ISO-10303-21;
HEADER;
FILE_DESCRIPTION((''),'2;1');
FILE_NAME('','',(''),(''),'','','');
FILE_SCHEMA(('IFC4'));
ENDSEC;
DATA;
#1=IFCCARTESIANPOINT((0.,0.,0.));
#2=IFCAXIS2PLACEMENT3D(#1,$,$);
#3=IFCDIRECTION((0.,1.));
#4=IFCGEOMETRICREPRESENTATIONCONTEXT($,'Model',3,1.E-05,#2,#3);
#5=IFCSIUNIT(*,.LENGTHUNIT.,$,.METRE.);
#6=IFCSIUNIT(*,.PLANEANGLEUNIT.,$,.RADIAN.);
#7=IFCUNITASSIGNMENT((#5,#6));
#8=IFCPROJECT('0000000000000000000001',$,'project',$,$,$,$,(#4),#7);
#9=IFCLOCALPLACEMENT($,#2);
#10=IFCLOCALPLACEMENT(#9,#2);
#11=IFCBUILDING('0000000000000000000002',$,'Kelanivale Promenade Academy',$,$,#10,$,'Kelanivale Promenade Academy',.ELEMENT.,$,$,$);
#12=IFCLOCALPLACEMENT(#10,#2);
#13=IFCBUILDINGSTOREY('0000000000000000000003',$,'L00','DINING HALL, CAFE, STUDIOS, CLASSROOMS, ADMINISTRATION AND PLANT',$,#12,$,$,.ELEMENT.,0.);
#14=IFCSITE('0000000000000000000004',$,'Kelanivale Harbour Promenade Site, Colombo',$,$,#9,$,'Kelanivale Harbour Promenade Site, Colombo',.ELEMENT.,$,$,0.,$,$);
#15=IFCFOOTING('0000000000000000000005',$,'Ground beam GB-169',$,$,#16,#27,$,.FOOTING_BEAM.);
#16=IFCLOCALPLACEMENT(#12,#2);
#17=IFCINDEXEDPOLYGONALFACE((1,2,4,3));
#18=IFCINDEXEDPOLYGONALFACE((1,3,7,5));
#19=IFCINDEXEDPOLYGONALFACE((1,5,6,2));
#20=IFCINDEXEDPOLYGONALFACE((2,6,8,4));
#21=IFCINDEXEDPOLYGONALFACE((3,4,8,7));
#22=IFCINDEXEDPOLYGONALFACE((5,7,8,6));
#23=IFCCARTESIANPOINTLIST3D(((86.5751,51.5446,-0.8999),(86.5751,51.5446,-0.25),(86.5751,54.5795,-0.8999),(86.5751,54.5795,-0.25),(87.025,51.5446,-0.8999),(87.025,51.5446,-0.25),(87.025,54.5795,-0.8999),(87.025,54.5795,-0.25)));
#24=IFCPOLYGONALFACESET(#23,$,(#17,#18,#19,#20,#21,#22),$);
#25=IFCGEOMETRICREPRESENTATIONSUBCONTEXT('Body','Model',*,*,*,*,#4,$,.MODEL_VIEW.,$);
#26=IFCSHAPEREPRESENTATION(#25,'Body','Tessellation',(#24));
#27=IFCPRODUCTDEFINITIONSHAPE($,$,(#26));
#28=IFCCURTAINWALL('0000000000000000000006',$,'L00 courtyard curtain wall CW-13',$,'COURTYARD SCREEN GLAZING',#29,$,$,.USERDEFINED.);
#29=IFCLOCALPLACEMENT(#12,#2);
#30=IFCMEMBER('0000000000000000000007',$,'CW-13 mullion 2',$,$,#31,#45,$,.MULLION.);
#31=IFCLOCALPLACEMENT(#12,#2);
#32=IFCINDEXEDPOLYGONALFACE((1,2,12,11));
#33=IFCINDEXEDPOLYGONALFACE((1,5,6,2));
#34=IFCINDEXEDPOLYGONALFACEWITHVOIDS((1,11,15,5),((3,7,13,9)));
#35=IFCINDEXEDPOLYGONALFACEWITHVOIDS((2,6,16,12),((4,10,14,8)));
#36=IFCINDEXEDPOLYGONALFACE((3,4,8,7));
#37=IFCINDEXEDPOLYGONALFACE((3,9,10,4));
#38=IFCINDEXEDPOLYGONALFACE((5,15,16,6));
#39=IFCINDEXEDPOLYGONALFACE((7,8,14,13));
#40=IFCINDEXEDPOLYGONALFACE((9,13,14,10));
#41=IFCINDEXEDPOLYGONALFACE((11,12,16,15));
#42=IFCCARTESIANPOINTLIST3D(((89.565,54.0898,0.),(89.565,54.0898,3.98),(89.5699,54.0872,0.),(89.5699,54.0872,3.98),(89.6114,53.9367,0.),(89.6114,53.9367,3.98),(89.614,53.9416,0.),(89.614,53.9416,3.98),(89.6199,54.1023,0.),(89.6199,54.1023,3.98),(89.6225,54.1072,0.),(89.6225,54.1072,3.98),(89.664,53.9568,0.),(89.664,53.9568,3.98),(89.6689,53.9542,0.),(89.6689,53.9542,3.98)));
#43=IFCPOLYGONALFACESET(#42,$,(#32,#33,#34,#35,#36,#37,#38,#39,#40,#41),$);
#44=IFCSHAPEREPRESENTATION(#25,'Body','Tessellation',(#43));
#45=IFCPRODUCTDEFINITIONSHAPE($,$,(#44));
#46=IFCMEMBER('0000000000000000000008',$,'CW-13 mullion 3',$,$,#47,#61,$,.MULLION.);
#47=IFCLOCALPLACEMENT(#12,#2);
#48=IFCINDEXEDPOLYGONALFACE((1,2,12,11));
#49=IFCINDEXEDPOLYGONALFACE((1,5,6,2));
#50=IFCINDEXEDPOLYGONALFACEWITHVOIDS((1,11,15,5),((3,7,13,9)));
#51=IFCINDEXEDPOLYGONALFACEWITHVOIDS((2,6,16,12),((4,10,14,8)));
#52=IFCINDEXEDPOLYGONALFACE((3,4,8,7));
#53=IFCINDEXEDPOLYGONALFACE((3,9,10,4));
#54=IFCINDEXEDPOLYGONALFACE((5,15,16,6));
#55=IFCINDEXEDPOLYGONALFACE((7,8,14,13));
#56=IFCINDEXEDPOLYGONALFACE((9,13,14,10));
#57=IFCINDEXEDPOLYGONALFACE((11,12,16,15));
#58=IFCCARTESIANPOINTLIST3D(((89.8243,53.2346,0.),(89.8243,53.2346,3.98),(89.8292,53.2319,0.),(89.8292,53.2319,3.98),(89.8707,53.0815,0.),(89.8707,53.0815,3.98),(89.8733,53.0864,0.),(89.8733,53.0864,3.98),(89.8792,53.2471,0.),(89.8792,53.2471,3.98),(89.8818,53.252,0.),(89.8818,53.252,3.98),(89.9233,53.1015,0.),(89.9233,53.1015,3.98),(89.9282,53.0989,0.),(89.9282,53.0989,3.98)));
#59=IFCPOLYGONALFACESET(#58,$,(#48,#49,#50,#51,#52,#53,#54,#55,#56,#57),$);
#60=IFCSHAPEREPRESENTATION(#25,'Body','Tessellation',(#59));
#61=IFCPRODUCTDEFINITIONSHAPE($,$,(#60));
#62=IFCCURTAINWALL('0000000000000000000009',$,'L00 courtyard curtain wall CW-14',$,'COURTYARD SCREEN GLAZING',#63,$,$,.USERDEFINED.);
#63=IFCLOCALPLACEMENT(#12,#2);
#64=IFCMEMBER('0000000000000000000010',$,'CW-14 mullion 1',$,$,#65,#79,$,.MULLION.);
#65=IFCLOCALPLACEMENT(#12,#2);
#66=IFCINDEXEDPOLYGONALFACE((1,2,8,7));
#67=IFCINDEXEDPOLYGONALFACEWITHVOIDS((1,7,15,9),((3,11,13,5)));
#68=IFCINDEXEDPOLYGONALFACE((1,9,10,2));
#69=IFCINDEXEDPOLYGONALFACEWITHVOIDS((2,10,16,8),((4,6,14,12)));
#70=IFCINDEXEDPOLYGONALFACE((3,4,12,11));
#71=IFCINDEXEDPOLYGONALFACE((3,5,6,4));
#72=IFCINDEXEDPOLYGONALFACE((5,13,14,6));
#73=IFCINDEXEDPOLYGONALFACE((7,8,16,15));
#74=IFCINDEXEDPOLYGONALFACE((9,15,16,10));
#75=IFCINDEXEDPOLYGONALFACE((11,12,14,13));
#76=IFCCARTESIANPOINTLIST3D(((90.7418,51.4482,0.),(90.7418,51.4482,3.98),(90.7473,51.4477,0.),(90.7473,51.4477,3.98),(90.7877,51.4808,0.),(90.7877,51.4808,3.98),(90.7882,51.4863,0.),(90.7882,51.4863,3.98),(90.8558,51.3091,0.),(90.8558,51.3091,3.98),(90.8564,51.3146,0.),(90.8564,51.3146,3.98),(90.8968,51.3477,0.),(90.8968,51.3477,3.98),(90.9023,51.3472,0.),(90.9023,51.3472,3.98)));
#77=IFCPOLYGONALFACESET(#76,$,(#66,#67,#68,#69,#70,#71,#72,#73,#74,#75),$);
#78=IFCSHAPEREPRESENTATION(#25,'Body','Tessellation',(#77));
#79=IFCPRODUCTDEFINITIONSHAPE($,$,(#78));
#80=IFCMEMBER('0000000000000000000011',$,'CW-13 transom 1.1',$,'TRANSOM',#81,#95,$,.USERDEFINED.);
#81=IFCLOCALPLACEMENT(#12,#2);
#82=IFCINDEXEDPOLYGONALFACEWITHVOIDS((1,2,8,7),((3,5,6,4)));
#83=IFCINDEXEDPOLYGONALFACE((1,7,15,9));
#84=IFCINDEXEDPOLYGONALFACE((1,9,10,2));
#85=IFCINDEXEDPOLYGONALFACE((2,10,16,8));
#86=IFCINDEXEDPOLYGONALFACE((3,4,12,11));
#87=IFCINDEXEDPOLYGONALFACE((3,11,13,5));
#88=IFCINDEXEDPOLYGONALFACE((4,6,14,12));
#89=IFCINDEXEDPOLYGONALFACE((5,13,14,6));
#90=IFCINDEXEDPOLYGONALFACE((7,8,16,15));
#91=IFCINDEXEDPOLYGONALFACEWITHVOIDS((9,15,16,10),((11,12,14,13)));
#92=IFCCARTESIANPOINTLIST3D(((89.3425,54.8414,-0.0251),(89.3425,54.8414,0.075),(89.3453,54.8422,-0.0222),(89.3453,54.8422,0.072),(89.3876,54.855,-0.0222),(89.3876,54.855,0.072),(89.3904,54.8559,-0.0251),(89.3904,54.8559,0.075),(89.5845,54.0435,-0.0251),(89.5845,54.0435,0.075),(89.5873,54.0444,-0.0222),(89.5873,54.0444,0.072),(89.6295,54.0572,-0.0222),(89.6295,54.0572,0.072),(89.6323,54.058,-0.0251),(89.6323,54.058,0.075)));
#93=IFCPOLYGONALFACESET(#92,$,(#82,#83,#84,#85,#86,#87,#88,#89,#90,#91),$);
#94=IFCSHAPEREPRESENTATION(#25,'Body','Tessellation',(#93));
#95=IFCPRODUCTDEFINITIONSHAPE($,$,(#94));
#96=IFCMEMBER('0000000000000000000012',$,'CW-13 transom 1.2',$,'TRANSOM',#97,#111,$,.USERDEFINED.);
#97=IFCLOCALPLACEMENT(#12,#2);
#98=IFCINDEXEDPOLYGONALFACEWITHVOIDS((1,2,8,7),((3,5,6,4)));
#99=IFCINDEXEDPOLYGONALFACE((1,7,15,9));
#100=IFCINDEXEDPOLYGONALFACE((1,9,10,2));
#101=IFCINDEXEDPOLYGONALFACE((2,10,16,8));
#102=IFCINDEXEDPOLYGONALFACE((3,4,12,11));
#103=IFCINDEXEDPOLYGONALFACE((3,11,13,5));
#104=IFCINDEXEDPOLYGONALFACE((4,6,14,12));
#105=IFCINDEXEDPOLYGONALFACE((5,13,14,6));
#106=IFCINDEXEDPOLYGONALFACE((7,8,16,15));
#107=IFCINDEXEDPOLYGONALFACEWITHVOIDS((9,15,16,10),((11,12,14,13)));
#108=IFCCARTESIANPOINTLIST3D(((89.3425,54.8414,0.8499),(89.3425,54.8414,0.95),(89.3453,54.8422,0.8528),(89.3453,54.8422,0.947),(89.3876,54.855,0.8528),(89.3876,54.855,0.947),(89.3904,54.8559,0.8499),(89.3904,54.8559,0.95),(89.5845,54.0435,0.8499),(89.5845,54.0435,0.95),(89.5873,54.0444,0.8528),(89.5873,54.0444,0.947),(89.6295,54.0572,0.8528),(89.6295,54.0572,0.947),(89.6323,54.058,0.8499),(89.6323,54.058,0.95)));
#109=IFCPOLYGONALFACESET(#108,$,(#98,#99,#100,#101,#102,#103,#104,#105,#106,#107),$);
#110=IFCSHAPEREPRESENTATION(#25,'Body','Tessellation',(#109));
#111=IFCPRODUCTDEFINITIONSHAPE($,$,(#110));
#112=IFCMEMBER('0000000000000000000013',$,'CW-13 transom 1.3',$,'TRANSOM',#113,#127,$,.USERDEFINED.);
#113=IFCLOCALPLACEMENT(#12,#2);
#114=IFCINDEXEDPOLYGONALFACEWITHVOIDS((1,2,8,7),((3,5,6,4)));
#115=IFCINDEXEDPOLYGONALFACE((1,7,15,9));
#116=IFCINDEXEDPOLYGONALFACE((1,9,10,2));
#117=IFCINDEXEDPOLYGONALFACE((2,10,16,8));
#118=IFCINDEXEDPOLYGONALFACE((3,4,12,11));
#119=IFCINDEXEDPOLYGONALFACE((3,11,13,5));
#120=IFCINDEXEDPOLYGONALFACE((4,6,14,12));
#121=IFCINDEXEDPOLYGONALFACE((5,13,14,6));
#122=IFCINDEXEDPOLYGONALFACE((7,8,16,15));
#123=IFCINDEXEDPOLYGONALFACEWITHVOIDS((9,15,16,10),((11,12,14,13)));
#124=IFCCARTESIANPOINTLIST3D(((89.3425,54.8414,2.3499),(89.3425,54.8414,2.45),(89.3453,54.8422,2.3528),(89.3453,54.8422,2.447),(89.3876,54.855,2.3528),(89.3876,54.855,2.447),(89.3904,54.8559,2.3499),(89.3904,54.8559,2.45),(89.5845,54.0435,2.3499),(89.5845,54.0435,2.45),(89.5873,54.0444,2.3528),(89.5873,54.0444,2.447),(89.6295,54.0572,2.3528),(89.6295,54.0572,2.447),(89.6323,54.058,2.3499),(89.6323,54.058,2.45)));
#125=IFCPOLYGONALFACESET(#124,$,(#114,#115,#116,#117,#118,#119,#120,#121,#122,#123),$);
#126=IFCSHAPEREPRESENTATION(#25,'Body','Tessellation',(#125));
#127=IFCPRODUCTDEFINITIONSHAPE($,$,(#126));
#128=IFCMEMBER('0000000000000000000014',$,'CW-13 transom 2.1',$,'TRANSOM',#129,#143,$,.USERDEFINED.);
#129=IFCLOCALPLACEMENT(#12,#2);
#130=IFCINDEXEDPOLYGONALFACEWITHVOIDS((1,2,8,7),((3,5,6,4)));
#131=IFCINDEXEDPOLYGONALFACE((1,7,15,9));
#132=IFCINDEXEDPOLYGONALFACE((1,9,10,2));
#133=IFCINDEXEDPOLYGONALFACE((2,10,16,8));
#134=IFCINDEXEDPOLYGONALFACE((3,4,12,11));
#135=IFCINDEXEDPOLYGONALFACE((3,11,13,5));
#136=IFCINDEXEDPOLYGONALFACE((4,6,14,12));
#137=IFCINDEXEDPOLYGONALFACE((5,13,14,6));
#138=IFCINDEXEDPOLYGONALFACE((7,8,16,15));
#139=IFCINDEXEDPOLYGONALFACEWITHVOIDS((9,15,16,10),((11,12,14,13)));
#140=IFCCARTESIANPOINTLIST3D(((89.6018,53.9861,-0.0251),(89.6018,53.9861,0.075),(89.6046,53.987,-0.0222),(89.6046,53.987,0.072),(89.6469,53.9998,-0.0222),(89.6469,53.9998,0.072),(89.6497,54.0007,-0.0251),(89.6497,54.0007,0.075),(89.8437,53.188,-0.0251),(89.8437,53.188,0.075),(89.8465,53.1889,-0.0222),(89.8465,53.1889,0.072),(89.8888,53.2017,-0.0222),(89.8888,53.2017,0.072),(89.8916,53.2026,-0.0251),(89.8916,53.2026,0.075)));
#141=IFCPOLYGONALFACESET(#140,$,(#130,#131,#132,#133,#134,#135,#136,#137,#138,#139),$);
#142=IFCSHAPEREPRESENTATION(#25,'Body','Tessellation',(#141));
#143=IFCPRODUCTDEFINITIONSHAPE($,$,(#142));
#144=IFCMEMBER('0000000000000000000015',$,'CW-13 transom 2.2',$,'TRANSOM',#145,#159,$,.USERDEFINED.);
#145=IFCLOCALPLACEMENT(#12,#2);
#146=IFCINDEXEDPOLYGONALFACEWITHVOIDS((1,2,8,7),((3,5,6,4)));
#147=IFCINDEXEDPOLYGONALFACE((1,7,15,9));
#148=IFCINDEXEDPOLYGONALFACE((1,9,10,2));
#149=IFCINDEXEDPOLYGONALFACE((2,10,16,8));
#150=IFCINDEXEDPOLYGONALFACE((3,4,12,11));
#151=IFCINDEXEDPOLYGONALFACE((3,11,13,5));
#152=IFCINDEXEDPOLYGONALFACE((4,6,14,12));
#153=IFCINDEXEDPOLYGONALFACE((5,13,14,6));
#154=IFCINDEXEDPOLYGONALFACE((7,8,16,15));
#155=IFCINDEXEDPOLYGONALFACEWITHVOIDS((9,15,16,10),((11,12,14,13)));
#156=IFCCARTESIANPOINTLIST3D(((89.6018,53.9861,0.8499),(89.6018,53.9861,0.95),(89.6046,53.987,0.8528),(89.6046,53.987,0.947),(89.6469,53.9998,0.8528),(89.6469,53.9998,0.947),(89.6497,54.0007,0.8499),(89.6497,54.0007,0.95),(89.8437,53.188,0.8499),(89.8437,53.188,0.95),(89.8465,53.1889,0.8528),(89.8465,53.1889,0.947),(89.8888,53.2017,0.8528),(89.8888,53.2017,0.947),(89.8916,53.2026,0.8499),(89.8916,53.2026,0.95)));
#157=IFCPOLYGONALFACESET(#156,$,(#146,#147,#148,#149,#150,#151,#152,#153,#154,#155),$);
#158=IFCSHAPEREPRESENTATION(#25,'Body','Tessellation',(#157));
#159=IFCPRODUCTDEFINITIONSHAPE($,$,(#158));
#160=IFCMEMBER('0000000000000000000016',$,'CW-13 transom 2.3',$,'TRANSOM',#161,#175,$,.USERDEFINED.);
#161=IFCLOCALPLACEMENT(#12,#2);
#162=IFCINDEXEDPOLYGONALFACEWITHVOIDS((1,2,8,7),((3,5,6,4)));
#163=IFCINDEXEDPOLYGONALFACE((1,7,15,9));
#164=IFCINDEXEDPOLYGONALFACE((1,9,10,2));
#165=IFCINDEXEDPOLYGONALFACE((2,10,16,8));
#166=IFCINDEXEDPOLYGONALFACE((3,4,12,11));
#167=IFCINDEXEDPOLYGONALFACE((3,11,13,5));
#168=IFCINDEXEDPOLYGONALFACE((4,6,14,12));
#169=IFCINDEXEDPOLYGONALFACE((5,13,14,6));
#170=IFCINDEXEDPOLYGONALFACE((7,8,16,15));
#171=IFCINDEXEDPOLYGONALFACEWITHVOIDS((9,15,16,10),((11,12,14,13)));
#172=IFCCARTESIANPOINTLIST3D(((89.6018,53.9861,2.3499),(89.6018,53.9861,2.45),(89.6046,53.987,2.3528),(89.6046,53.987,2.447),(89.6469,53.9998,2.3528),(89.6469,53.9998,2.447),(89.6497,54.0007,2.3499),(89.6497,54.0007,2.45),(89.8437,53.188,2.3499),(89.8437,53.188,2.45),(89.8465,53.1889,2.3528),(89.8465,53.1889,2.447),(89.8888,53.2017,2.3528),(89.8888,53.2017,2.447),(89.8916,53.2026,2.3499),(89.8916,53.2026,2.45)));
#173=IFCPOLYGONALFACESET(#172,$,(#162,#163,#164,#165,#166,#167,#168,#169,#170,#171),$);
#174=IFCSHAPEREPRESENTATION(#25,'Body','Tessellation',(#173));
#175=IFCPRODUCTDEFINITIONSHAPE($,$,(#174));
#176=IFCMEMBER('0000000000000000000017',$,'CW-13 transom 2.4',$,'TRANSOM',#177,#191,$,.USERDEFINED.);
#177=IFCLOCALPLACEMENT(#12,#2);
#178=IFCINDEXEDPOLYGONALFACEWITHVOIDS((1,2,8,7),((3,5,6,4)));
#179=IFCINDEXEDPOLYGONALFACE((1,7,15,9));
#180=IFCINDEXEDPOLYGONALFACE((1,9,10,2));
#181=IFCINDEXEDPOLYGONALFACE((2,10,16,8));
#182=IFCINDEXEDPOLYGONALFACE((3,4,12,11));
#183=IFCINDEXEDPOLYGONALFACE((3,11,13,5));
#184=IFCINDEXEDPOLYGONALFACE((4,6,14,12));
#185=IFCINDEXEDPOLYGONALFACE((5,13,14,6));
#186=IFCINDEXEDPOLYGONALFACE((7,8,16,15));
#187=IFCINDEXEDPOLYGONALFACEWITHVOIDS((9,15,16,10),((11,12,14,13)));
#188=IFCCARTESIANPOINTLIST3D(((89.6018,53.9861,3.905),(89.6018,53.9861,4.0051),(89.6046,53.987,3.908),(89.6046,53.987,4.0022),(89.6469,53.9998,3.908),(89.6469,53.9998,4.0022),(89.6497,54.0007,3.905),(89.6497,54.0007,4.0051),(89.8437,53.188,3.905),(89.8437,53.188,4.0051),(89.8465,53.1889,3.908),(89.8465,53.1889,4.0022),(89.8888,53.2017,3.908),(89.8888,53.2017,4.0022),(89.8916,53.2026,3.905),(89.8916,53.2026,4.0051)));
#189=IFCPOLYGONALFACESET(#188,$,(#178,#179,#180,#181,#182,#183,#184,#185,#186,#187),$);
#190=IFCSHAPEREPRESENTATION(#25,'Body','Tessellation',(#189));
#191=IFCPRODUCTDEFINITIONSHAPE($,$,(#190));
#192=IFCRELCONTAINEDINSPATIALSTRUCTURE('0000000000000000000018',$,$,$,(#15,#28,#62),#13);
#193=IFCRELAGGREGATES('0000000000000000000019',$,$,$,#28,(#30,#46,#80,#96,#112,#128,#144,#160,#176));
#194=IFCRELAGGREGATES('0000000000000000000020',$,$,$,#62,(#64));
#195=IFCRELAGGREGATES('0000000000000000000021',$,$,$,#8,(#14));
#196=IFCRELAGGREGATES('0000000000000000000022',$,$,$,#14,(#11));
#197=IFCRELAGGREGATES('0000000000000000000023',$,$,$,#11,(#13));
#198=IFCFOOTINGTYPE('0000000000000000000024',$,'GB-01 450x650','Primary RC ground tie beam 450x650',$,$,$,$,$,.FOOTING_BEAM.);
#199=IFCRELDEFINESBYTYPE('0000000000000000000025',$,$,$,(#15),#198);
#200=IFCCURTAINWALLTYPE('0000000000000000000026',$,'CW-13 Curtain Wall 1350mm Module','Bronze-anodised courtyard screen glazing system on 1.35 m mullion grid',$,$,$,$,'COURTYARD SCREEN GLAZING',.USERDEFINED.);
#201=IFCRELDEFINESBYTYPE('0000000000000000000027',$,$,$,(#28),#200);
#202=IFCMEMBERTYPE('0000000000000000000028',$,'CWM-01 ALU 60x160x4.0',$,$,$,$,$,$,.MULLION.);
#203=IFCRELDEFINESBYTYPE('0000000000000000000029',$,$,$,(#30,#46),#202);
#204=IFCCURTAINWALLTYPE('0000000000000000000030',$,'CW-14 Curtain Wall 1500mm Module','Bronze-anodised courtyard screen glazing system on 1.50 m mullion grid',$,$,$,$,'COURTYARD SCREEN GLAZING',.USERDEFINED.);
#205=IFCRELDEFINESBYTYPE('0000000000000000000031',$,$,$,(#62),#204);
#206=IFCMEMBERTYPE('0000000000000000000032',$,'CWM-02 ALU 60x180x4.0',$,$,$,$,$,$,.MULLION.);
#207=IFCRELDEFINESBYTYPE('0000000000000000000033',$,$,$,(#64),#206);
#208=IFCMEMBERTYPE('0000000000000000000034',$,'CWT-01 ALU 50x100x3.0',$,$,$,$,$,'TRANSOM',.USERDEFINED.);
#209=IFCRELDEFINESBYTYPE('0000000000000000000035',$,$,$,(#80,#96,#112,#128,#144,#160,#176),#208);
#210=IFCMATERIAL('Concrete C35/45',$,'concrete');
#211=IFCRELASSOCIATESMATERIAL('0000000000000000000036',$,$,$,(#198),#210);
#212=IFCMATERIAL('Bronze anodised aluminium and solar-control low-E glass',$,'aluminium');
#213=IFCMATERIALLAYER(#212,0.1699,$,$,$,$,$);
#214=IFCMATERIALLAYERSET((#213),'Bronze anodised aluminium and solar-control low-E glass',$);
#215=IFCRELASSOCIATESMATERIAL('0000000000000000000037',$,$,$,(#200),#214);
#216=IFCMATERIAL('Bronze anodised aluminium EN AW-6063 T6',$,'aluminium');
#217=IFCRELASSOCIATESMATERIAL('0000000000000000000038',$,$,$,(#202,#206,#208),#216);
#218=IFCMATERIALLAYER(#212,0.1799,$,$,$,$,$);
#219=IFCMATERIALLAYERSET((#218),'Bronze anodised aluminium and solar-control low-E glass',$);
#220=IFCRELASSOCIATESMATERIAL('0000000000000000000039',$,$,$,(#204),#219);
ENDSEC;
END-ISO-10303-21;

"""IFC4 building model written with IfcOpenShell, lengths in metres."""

from ifc_helpers import new_model, si_unit, direction, frame, origin, origin_2d, place, context, subcontext, project, spatial, rectangle, hollow_rectangle, extrude, material, layer, layer_set, material_profile, profile_set, type_object, element, aggregate, save


model = new_model("IFC4")

# Units and contexts
model_context = context("Model", 3, precision=1e-05, world=origin(), true_north=direction((0.0, 1.0)))
body_context = subcontext(model_context, "Body", "Model", "MODEL_VIEW")
ifc_project = project(units=[si_unit("LENGTHUNIT", "METRE"), si_unit("PLANEANGLEUNIT", "RADIAN")], contexts=[model_context])

# Site, building, storey
site_placement = place(None, origin())
site = spatial("IfcSite", under=ifc_project, at=site_placement, Name="Kelanivale Harbour Promenade Site, Colombo", LongName="Kelanivale Harbour Promenade Site, Colombo", CompositionType="ELEMENT", RefElevation=0.0)
building_placement = place(site_placement, origin())
building = spatial("IfcBuilding", under=site, at=building_placement, Name="Kelanivale Promenade Academy", LongName="Kelanivale Promenade Academy", CompositionType="ELEMENT")
storey_placement = place(building_placement, origin())
storey = spatial("IfcBuildingStorey", under=building, at=storey_placement, Name="L00", Description="DINING HALL, CAFE, STUDIOS, CLASSROOMS, ADMINISTRATION AND PLANT", CompositionType="ELEMENT", Elevation=0.0)

# Footing
ifc_material_1 = material(Name="Concrete C35/45", Category="concrete")
footing_type = type_object("IfcFootingType", Name="GB-01 450x650", Description="Primary RC ground tie beam 450x650", PredefinedType="FOOTING_BEAM", material=ifc_material_1)
footing_placement = place(storey_placement, frame((86.8, 53.062, -0.8999), z_axis=(0.0, 0.0, 1.0), x_axis=(0.0, 1.0, 0.0)))
element("IfcFooting", 1, at=footing_placement, inside=storey, type_object=footing_type, Name="Ground beam GB-169", PredefinedType="FOOTING_BEAM", context=body_context, shape_type="SweptSolid", body=[
    extrude(rectangle(XDim=3.0349, YDim=0.45, at=origin_2d()), origin(), (0.0, 0.0, 1.0), 0.6499),
])

# Curtain wall, members
ifc_material_2 = material(Name="Bronze anodised aluminium and solar-control low-E glass", Category="aluminium")
ifc_layer_1 = layer(ifc_material_2, 0.1699)
ifc_layer_set_1 = layer_set([ifc_layer_1], Name="Bronze anodised aluminium and solar-control low-E glass")
curtain_wall_type_1 = type_object("IfcCurtainWallType", Name="CW-13 Curtain Wall 1350mm Module", Description="Bronze-anodised courtyard screen glazing system on 1.35 m mullion grid", ElementType="COURTYARD SCREEN GLAZING", PredefinedType="USERDEFINED", material=ifc_layer_set_1)
curtain_wall_1_placement = place(storey_placement, origin())
curtain_wall_1 = element("IfcCurtainWall", 2, at=curtain_wall_1_placement, inside=storey, type_object=curtain_wall_type_1, Name="L00 courtyard curtain wall CW-13", ObjectType="COURTYARD SCREEN GLAZING", PredefinedType="USERDEFINED")
ifc_material_3 = material(Name="Bronze anodised aluminium EN AW-6063 T6", Category="aluminium")
ifc_material_profile_1 = material_profile(ifc_material_3, hollow_rectangle(XDim=0.0601, YDim=0.1599, WallThickness=0.0039, at=origin_2d()), Name="ALU 60x160x4.0")
ifc_profile_set_1 = profile_set([ifc_material_profile_1], Name="Bronze anodised aluminium EN AW-6063 T6")
member_type_1 = type_object("IfcMemberType", Name="CWM-01 ALU 60x160x4.0", PredefinedType="MULLION", material=ifc_profile_set_1)
member_1_placement = place(storey_placement, frame((89.6169, 54.022, 0.0), z_axis=(0.0, 0.0, 1.0), x_axis=(0.956988, 0.290128, 0.0)))
member_1 = element("IfcMember", 3, at=member_1_placement, type_object=member_type_1, Name="CW-13 mullion 2", PredefinedType="MULLION", context=body_context, shape_type="SweptSolid", body=[
    extrude(hollow_rectangle(XDim=0.0601, YDim=0.1599, WallThickness=0.0039, at=origin_2d()), origin(), (0.0, 0.0, 1.0), 3.98),
])
member_2_placement = place(storey_placement, frame((89.8762, 53.1667, 0.0), z_axis=(0.0, 0.0, 1.0), x_axis=(0.956988, 0.290128, 0.0)))
member_2 = element("IfcMember", 4, at=member_2_placement, type_object=member_type_1, Name="CW-13 mullion 3", PredefinedType="MULLION", context=body_context, shape_type="SweptSolid", body=[
    extrude(hollow_rectangle(XDim=0.0601, YDim=0.1599, WallThickness=0.0039, at=origin_2d()), origin(), (0.0, 0.0, 1.0), 3.98),
])

# Curtain wall, member
ifc_layer_2 = layer(ifc_material_2, 0.1799)
ifc_layer_set_2 = layer_set([ifc_layer_2], Name="Bronze anodised aluminium and solar-control low-E glass")
curtain_wall_type_2 = type_object("IfcCurtainWallType", Name="CW-14 Curtain Wall 1500mm Module", Description="Bronze-anodised courtyard screen glazing system on 1.50 m mullion grid", ElementType="COURTYARD SCREEN GLAZING", PredefinedType="USERDEFINED", material=ifc_layer_set_2)
curtain_wall_2_placement = place(storey_placement, origin())
curtain_wall_2 = element("IfcCurtainWall", 5, at=curtain_wall_2_placement, inside=storey, type_object=curtain_wall_type_2, Name="L00 courtyard curtain wall CW-14", ObjectType="COURTYARD SCREEN GLAZING", PredefinedType="USERDEFINED")
ifc_material_profile_2 = material_profile(ifc_material_3, hollow_rectangle(XDim=0.0601, YDim=0.1799, WallThickness=0.0039, at=origin_2d()), Name="ALU 60x180x4.0")
ifc_profile_set_2 = profile_set([ifc_material_profile_2], Name="Bronze anodised aluminium EN AW-6063 T6")
member_type_2 = type_object("IfcMemberType", Name="CWM-02 ALU 60x180x4.0", PredefinedType="MULLION", material=ifc_profile_set_2)
member_3_placement = place(storey_placement, frame((90.822, 51.3977, 0.0), z_axis=(0.0, 0.0, 1.0), x_axis=(0.773257, 0.634093, 0.0)))
member_3 = element("IfcMember", 6, at=member_3_placement, type_object=member_type_2, Name="CW-14 mullion 1", PredefinedType="MULLION", context=body_context, shape_type="SweptSolid", body=[
    extrude(hollow_rectangle(XDim=0.0601, YDim=0.1799, WallThickness=0.0039, at=origin_2d()), origin(), (0.0, 0.0, 1.0), 3.98),
])

# Members
ifc_material_profile_3 = material_profile(ifc_material_3, hollow_rectangle(XDim=0.05, YDim=0.1001, WallThickness=0.0029, at=origin_2d()), Name="ALU 50x100x3.0")
ifc_profile_set_3 = profile_set([ifc_material_profile_3], Name="Bronze anodised aluminium EN AW-6063 T6")
member_type_3 = type_object("IfcMemberType", Name="CWT-01 ALU 50x100x3.0", ElementType="TRANSOM", PredefinedType="USERDEFINED", material=ifc_profile_set_3)
member_4_placement = place(storey_placement, frame((89.3665, 54.8486, 0.0249), z_axis=(0.290194, -0.956968, 0.0), x_axis=(0.956968, 0.290194, 0.0)))
member_4 = element("IfcMember", 7, at=member_4_placement, type_object=member_type_3, Name="CW-13 transom 1.1", ObjectType="TRANSOM", PredefinedType="USERDEFINED", context=body_context, shape_type="SweptSolid", body=[
    extrude(hollow_rectangle(XDim=0.05, YDim=0.1001, WallThickness=0.0029, at=origin_2d()), origin(), (0.0, 0.0, 1.0), 0.8337),
])
member_5_placement = place(storey_placement, frame((89.3665, 54.8486, 0.8999), z_axis=(0.290194, -0.956968, 0.0), x_axis=(0.956968, 0.290194, 0.0)))
member_5 = element("IfcMember", 8, at=member_5_placement, type_object=member_type_3, Name="CW-13 transom 1.2", ObjectType="TRANSOM", PredefinedType="USERDEFINED", context=body_context, shape_type="SweptSolid", body=[
    extrude(hollow_rectangle(XDim=0.05, YDim=0.1001, WallThickness=0.0029, at=origin_2d()), origin(), (0.0, 0.0, 1.0), 0.8337),
])
member_6_placement = place(storey_placement, frame((89.3665, 54.8486, 2.3999), z_axis=(0.290194, -0.956968, 0.0), x_axis=(0.956968, 0.290194, 0.0)))
member_6 = element("IfcMember", 9, at=member_6_placement, type_object=member_type_3, Name="CW-13 transom 1.3", ObjectType="TRANSOM", PredefinedType="USERDEFINED", context=body_context, shape_type="SweptSolid", body=[
    extrude(hollow_rectangle(XDim=0.05, YDim=0.1001, WallThickness=0.0029, at=origin_2d()), origin(), (0.0, 0.0, 1.0), 0.8337),
])
member_7_placement = place(storey_placement, frame((89.6257, 53.9934, 0.0249), z_axis=(0.290113, -0.956992, 0.0), x_axis=(0.956992, 0.290113, 0.0)))
member_7 = element("IfcMember", 10, at=member_7_placement, type_object=member_type_3, Name="CW-13 transom 2.1", ObjectType="TRANSOM", PredefinedType="USERDEFINED", context=body_context, shape_type="SweptSolid", body=[
    extrude(hollow_rectangle(XDim=0.05, YDim=0.1001, WallThickness=0.0029, at=origin_2d()), origin(), (0.0, 0.0, 1.0), 0.834),
])
member_8_placement = place(storey_placement, frame((89.6257, 53.9934, 0.8999), z_axis=(0.290113, -0.956992, 0.0), x_axis=(0.956992, 0.290113, 0.0)))
member_8 = element("IfcMember", 11, at=member_8_placement, type_object=member_type_3, Name="CW-13 transom 2.2", ObjectType="TRANSOM", PredefinedType="USERDEFINED", context=body_context, shape_type="SweptSolid", body=[
    extrude(hollow_rectangle(XDim=0.05, YDim=0.1001, WallThickness=0.0029, at=origin_2d()), origin(), (0.0, 0.0, 1.0), 0.834),
])
member_9_placement = place(storey_placement, frame((89.6257, 53.9934, 2.3999), z_axis=(0.290113, -0.956992, 0.0), x_axis=(0.956992, 0.290113, 0.0)))
member_9 = element("IfcMember", 12, at=member_9_placement, type_object=member_type_3, Name="CW-13 transom 2.3", ObjectType="TRANSOM", PredefinedType="USERDEFINED", context=body_context, shape_type="SweptSolid", body=[
    extrude(hollow_rectangle(XDim=0.05, YDim=0.1001, WallThickness=0.0029, at=origin_2d()), origin(), (0.0, 0.0, 1.0), 0.834),
])
member_10_placement = place(storey_placement, frame((89.6257, 53.9934, 3.9551), z_axis=(0.290113, -0.956992, 0.0), x_axis=(0.956992, 0.290113, 0.0)))
member_10 = element("IfcMember", 13, at=member_10_placement, type_object=member_type_3, Name="CW-13 transom 2.4", ObjectType="TRANSOM", PredefinedType="USERDEFINED", context=body_context, shape_type="SweptSolid", body=[
    extrude(hollow_rectangle(XDim=0.05, YDim=0.1001, WallThickness=0.0029, at=origin_2d()), origin(), (0.0, 0.0, 1.0), 0.834),
])

aggregate(curtain_wall_1, [member_1, member_2, member_4, member_5, member_6, member_7, member_8, member_9, member_10])
aggregate(curtain_wall_2, [member_3])

save(model, "model.ifc")
